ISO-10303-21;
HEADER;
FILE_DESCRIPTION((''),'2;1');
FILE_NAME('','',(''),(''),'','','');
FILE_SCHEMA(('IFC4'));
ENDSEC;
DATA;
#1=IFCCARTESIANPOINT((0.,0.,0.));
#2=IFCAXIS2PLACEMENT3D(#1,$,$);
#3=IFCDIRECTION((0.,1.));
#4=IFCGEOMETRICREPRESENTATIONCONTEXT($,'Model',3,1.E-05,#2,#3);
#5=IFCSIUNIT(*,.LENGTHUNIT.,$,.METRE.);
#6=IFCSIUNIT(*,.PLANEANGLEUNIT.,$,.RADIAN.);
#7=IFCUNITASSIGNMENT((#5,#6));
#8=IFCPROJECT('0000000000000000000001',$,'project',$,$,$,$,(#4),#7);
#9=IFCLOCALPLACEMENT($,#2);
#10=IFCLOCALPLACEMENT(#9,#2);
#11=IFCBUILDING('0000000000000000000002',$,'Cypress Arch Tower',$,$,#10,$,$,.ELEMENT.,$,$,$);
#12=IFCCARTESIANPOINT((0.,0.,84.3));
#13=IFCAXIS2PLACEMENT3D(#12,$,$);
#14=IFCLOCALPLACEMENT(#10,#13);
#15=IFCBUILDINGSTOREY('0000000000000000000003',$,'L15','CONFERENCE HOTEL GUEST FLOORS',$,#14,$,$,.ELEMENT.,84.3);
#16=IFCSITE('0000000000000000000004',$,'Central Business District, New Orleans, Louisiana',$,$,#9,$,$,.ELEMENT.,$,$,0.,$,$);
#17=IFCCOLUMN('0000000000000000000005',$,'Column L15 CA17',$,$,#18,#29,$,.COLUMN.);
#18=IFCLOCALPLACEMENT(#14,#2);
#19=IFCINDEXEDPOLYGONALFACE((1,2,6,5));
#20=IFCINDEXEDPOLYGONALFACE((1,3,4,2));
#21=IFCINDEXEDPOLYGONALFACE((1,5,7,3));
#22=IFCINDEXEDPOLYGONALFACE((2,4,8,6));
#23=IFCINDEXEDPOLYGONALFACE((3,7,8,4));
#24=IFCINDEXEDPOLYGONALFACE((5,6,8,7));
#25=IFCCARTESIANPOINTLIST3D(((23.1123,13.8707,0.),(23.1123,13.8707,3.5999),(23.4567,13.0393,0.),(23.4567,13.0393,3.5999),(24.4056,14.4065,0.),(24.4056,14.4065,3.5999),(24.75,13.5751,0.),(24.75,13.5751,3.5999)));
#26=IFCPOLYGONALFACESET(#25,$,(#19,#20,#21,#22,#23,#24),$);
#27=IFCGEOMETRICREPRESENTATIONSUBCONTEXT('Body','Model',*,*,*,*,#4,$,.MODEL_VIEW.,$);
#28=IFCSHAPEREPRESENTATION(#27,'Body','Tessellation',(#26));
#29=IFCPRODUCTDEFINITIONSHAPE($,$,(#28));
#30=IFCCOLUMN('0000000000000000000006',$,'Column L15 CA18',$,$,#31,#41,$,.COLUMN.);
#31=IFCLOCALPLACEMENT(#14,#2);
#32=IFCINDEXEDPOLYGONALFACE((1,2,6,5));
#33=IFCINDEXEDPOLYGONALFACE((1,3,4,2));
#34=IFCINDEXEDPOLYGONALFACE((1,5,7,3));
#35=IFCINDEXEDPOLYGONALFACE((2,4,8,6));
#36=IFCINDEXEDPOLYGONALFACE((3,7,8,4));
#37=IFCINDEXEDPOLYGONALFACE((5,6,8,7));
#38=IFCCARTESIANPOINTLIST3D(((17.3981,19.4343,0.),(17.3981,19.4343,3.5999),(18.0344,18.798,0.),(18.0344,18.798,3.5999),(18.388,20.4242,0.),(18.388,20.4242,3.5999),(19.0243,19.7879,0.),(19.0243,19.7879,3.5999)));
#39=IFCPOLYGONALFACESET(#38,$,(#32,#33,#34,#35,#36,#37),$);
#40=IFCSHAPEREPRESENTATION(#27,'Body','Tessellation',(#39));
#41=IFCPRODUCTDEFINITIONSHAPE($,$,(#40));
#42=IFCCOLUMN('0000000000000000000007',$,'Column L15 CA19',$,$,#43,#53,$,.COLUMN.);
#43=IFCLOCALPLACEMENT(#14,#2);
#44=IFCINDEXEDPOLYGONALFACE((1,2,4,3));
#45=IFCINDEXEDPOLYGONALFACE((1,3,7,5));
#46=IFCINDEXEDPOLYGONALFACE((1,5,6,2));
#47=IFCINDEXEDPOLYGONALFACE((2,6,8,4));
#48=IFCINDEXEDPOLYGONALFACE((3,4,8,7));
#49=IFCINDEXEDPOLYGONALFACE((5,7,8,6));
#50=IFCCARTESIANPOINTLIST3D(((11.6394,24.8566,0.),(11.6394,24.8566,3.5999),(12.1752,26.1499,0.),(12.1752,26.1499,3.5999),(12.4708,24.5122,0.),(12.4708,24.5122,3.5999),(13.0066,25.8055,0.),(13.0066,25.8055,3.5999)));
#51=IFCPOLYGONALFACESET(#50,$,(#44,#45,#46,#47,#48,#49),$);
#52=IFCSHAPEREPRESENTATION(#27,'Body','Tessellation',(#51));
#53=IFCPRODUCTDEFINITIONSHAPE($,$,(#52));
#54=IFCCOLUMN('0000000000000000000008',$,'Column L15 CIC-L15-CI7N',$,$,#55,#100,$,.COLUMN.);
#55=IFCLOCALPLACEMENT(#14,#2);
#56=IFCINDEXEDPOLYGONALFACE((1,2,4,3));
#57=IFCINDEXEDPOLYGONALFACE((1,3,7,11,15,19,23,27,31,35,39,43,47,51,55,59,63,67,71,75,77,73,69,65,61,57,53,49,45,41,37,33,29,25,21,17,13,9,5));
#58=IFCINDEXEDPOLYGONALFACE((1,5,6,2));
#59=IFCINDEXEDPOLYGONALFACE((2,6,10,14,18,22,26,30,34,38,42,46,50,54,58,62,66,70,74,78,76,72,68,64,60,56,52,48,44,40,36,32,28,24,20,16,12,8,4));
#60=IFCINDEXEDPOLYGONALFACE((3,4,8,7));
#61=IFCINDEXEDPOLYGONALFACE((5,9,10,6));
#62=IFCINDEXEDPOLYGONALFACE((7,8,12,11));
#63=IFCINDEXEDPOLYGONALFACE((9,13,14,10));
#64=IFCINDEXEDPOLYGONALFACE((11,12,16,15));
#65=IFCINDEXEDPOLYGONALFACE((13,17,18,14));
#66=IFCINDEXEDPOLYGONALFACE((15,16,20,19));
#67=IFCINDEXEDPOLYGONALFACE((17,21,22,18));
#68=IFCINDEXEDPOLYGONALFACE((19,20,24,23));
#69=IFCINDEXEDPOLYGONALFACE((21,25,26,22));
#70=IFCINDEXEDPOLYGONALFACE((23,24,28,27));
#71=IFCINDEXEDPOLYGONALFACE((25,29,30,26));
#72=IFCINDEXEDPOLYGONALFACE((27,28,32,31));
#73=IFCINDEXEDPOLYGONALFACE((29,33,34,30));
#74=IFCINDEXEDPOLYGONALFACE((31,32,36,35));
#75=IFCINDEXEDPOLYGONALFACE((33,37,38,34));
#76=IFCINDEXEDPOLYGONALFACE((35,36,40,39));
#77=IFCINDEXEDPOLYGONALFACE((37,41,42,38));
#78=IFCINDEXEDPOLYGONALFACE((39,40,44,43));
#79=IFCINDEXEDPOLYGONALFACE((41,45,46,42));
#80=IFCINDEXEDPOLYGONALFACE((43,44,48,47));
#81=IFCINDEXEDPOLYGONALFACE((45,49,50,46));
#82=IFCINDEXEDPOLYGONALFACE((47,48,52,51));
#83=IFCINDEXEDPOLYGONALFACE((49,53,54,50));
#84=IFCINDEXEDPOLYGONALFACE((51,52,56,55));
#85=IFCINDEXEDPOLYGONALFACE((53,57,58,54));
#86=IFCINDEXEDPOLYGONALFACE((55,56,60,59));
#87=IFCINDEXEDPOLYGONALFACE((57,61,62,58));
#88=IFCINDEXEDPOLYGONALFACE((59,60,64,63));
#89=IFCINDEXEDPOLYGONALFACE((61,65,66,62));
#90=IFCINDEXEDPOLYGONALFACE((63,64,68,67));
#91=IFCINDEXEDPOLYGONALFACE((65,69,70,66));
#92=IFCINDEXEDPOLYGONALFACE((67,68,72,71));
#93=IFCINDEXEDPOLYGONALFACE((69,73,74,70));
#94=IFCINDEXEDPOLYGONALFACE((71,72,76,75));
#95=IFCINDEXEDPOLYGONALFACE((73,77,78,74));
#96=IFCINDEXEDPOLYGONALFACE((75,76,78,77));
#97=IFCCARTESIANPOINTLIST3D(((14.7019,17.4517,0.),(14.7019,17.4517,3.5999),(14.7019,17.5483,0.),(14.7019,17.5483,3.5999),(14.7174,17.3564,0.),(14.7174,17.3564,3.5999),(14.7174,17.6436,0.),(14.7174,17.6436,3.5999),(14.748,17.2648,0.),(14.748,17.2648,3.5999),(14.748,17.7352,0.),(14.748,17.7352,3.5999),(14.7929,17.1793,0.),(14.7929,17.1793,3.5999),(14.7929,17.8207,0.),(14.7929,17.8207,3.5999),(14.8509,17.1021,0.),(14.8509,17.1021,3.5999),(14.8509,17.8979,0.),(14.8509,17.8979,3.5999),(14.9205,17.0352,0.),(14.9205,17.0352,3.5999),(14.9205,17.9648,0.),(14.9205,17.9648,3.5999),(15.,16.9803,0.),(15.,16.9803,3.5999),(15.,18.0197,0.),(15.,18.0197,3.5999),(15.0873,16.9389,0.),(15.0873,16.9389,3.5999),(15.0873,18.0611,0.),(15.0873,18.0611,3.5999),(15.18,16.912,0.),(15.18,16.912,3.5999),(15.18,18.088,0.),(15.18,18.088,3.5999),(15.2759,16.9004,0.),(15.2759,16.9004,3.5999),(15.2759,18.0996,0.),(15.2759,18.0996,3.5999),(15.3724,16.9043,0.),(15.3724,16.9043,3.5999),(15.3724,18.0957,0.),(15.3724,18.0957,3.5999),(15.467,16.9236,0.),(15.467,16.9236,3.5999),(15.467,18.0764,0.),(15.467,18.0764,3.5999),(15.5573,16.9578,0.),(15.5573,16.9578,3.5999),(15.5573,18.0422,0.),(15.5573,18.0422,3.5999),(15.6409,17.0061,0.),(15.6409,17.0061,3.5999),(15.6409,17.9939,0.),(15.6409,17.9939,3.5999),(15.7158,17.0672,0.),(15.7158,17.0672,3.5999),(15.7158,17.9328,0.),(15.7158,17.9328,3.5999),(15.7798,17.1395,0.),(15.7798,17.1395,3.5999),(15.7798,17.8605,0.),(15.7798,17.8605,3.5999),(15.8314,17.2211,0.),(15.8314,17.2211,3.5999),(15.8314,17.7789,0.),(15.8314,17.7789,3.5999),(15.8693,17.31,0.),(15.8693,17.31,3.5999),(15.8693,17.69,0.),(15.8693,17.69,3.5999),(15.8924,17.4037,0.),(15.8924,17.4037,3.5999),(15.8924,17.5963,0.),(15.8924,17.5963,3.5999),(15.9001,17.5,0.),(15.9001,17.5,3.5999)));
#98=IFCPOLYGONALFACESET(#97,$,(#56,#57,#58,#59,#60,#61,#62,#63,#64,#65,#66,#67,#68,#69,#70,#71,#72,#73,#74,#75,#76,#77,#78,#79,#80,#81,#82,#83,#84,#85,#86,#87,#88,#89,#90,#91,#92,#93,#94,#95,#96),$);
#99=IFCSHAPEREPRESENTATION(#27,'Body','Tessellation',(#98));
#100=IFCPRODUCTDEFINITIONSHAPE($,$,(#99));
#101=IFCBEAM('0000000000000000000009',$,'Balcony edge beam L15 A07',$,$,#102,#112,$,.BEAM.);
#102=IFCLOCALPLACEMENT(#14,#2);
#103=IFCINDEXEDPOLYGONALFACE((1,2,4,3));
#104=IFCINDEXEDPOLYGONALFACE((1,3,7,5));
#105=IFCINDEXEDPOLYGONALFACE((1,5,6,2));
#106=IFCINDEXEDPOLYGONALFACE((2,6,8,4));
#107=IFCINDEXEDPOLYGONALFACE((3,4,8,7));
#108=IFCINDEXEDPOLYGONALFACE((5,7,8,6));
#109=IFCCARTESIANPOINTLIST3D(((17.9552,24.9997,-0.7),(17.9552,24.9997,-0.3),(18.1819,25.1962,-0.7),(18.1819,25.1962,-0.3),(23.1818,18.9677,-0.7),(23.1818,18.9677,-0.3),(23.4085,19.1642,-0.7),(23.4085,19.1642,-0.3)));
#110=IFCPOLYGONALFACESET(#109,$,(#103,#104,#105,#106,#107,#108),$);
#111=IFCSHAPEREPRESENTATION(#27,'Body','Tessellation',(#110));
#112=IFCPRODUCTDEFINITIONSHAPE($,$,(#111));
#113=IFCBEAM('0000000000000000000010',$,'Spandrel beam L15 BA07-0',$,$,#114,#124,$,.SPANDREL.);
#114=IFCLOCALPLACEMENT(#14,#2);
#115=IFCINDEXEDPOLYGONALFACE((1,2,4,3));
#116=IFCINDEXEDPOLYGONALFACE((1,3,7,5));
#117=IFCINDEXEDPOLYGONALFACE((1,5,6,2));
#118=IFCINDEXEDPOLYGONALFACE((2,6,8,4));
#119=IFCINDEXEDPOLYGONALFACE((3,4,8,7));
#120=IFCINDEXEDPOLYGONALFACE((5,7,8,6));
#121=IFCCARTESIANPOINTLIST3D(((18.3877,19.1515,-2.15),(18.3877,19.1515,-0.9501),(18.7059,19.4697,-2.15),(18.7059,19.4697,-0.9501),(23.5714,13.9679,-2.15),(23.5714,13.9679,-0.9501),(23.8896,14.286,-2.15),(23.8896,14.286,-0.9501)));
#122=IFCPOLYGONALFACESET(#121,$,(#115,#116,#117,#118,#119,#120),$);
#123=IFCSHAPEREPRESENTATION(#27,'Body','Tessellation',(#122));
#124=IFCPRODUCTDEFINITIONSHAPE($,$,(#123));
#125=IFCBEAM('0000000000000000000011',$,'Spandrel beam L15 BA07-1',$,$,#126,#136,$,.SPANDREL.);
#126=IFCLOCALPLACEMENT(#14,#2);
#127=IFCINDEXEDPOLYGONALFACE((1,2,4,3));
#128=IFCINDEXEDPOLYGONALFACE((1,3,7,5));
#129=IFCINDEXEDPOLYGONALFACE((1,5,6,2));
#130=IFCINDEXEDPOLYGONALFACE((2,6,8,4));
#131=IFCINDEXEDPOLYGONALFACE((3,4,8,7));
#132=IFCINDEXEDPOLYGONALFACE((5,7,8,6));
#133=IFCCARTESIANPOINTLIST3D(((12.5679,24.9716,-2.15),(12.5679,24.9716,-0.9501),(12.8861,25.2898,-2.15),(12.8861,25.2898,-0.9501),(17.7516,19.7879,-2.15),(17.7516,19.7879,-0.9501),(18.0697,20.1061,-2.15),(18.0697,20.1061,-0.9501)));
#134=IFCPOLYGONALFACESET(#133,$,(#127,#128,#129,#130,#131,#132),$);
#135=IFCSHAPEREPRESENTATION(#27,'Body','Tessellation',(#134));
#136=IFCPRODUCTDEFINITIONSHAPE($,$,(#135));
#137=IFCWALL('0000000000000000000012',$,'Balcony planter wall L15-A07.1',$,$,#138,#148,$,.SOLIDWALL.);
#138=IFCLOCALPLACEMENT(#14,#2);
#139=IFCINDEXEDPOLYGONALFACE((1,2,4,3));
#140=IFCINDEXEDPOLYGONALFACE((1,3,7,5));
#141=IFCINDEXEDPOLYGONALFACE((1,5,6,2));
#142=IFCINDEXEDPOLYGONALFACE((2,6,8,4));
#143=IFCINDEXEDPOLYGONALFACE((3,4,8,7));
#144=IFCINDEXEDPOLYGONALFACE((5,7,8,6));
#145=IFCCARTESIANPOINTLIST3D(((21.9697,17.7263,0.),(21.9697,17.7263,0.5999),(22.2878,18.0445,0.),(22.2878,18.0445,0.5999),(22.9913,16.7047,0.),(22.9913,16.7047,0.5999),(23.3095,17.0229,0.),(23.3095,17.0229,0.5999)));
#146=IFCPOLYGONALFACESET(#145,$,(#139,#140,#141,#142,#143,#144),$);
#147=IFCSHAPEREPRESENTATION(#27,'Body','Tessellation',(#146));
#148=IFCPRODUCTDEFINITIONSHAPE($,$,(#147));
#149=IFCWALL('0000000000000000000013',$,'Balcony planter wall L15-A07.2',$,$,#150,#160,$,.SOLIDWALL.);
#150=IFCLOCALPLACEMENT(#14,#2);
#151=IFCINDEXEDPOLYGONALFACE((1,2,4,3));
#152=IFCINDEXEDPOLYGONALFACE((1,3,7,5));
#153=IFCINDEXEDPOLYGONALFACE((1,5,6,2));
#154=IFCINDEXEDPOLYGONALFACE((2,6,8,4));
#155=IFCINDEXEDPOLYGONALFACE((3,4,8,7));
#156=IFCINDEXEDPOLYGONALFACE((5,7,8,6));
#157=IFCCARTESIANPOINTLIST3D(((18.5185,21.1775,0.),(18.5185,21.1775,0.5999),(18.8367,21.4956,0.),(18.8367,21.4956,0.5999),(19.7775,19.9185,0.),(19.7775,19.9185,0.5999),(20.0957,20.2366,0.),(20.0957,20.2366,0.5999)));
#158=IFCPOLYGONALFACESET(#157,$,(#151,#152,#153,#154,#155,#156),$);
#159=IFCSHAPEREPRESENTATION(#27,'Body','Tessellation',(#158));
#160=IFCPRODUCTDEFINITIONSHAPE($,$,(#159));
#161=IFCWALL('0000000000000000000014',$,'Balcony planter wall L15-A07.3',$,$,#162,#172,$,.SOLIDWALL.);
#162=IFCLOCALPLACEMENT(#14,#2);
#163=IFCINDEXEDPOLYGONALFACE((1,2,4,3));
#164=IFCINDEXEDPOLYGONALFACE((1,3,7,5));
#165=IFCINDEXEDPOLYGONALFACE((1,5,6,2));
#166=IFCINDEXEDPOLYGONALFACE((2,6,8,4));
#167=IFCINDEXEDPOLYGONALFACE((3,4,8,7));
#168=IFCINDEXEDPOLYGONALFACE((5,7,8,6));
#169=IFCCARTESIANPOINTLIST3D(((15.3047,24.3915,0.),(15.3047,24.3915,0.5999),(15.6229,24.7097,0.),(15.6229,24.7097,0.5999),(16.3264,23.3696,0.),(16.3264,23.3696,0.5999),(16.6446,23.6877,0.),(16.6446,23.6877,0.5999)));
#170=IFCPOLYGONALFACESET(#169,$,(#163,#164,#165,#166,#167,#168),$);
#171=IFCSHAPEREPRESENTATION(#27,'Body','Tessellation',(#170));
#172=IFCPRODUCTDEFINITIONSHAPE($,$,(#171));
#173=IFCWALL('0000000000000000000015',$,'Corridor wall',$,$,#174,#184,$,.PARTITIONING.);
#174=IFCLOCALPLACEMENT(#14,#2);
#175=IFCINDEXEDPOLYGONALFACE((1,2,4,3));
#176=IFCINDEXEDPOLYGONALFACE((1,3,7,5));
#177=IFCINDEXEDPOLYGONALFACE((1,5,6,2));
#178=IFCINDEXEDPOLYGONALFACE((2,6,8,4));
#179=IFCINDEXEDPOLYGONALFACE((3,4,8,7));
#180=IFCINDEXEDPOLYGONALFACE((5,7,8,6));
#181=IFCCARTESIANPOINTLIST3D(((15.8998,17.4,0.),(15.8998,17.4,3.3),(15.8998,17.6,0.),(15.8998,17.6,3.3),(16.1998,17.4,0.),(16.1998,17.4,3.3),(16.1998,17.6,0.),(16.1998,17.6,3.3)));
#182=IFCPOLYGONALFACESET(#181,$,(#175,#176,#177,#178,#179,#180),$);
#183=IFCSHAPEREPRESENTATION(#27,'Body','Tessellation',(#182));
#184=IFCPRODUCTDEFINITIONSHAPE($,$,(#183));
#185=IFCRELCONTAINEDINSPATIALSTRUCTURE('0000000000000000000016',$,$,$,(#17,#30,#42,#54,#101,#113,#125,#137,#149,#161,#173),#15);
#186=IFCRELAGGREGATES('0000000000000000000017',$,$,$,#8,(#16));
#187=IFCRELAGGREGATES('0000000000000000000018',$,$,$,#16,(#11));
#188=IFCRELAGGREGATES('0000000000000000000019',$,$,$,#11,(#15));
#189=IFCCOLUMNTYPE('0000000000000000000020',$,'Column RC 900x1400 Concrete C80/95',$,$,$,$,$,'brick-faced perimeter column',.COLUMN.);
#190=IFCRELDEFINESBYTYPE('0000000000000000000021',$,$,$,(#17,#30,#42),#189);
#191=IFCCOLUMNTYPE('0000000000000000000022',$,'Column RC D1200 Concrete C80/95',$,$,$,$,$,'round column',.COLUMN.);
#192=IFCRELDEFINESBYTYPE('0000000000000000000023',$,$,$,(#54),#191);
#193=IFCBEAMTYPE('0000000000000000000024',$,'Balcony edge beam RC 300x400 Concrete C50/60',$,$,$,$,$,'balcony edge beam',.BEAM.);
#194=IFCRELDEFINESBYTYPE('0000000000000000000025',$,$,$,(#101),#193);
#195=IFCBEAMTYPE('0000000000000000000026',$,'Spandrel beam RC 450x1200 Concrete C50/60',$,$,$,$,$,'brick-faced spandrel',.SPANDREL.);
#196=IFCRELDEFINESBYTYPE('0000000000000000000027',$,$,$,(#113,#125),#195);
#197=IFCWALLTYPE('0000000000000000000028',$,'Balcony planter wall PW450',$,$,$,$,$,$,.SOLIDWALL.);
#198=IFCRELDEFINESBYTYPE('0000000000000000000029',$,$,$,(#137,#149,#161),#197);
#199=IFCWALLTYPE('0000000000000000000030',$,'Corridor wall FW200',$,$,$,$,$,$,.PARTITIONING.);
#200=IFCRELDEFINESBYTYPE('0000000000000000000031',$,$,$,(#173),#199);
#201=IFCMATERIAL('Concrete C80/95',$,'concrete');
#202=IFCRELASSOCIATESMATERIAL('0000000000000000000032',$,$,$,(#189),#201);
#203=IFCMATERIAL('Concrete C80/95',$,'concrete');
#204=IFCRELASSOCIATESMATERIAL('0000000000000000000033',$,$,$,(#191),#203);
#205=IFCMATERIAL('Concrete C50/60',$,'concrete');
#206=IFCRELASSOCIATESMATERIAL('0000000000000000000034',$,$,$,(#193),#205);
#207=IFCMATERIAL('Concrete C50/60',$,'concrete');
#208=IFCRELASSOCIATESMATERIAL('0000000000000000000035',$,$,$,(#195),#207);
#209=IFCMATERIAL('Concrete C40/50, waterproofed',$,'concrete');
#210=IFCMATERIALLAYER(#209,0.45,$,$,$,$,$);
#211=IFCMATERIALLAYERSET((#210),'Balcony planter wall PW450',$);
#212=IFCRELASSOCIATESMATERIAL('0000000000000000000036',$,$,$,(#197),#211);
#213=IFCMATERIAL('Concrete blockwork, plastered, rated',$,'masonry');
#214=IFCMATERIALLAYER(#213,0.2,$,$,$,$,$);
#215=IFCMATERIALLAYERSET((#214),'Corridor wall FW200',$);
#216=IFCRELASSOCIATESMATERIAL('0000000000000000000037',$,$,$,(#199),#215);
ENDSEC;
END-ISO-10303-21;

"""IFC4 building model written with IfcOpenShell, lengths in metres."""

from ifc_helpers import new_model, si_unit, direction, frame, frame_2d, origin, origin_2d, place, context, subcontext, project, spatial, rectangle, circle, extrude, material, layer, layer_set, material_profile, profile_set, type_object, element, save


model = new_model("IFC4")

# Units and contexts
model_context = context("Model", 3, precision=1e-05, world=origin(), true_north=direction((0.0, 1.0)))
body_context = subcontext(model_context, "Body", "Model", "MODEL_VIEW")
ifc_project = project(units=[si_unit("LENGTHUNIT", "METRE"), si_unit("PLANEANGLEUNIT", "RADIAN")], contexts=[model_context])

# Site, building, storey
site_placement = place(None, origin())
site = spatial("IfcSite", under=ifc_project, at=site_placement, Name="Central Business District, New Orleans, Louisiana", CompositionType="ELEMENT", RefElevation=0.0)
building_placement = place(site_placement, origin())
building = spatial("IfcBuilding", under=site, at=building_placement, Name="Cypress Arch Tower", CompositionType="ELEMENT")
storey_placement = place(building_placement, frame((0.0, 0.0, 84.3)))
storey = spatial("IfcBuildingStorey", under=building, at=storey_placement, Name="L15", Description="CONFERENCE HOTEL GUEST FLOORS", CompositionType="ELEMENT", Elevation=84.3)

# Columns
ifc_material_1 = material(Name="Concrete C80/95", Category="concrete")
ifc_material_profile_1 = material_profile(ifc_material_1, rectangle(XDim=0.8999, YDim=1.3999, at=origin_2d()), Name="RC 900x1400")
ifc_profile_set_1 = profile_set([ifc_material_profile_1], Name="Concrete C80/95")
column_type_1 = type_object("IfcColumnType", Name="Column RC 900x1400 Concrete C80/95", ElementType="brick-faced perimeter column", PredefinedType="COLUMN", material=ifc_profile_set_1)
for number, where, z_axis, x_axis, name in (
    (1, (23.9312, 13.7229, 0.0), (0.0, 0.0, 1.0), (-0.382683, 0.92388, 0.0), "Column L15 CA17"),
    (2, (18.2112, 19.6111, 0.0), (0.0, 0.0, 1.0), (-0.707107, 0.707107, 0.0), "Column L15 CA18"),
    (3, (12.323, 25.3311, 0.0), (0.0, 0.0, 1.0), (-0.92388, 0.382683, 0.0), "Column L15 CA19"),
):
    element("IfcColumn", number, at=place(storey_placement, frame(where, z_axis=z_axis, x_axis=x_axis)), inside=storey, type_object=column_type_1, Name=name, PredefinedType="COLUMN", context=body_context, shape_type="SweptSolid", body=[
        extrude(rectangle(XDim=0.8999, YDim=1.3999, at=origin_2d()), origin(), (0.0, 0.0, 1.0), 3.5999),
    ])
ifc_material_2 = material(Name="Concrete C80/95", Category="concrete")
ifc_material_profile_2 = material_profile(ifc_material_2, circle(Radius=0.6001, at=origin_2d()), Name="RC D1200")
ifc_profile_set_2 = profile_set([ifc_material_profile_2], Name="Concrete C80/95")
column_type_2 = type_object("IfcColumnType", Name="Column RC D1200 Concrete C80/95", ElementType="round column", PredefinedType="COLUMN", material=ifc_profile_set_2)
column_placement = place(storey_placement, frame((15.3, 17.5, 0.0), z_axis=(0.0, 0.0, 1.0), x_axis=(1.0, 0.0, 0.0)))
element("IfcColumn", 4, at=column_placement, inside=storey, type_object=column_type_2, Name="Column L15 CIC-L15-CI7N", PredefinedType="COLUMN", context=body_context, shape_type="SweptSolid", body=[
    extrude(circle(Radius=0.6001, at=origin_2d()), origin(), (0.0, 0.0, 1.0), 3.5999),
])

# Beams
ifc_material_3 = material(Name="Concrete C50/60", Category="concrete")
ifc_material_profile_3 = material_profile(ifc_material_3, rectangle(XDim=0.3, YDim=0.3999, at=origin_2d()), Name="RC 300x400")
ifc_profile_set_3 = profile_set([ifc_material_profile_3], Name="Concrete C50/60")
beam_type_1 = type_object("IfcBeamType", Name="Balcony edge beam RC 300x400 Concrete C50/60", ElementType="balcony edge beam", PredefinedType="BEAM", material=ifc_profile_set_3)
beam_placement = place(storey_placement, frame((23.2952, 19.0659, -0.5), z_axis=(-0.654848, 0.755761, 0.0), x_axis=(-0.755761, -0.654848, 0.0)))
element("IfcBeam", 5, at=beam_placement, inside=storey, type_object=beam_type_1, Name="Balcony edge beam L15 A07", PredefinedType="BEAM", context=body_context, shape_type="SweptSolid", body=[
    extrude(rectangle(XDim=0.3, YDim=0.3999, at=origin_2d()), origin(), (0.0, 0.0, 1.0), 7.9814),
])
ifc_material_4 = material(Name="Concrete C50/60", Category="concrete")
ifc_material_profile_4 = material_profile(ifc_material_4, rectangle(XDim=0.45, YDim=1.2, at=origin_2d()), Name="RC 450x1200")
ifc_profile_set_4 = profile_set([ifc_material_profile_4], Name="Concrete C50/60")
beam_type_2 = type_object("IfcBeamType", Name="Spandrel beam RC 450x1200 Concrete C50/60", ElementType="brick-faced spandrel", PredefinedType="SPANDREL", material=ifc_profile_set_4)
for number, where, z_axis, x_axis, name in (
    (6, (23.7305, 14.127, -1.55), (-0.707107, 0.707107, 0.0), (-0.707107, -0.707107, 0.0), "Spandrel beam L15 BA07-0"),
    (7, (17.9106, 19.947, -1.55), (-0.707107, 0.707107, 0.0), (-0.707107, -0.707107, 0.0), "Spandrel beam L15 BA07-1"),
):
    element("IfcBeam", number, at=place(storey_placement, frame(where, z_axis=z_axis, x_axis=x_axis)), inside=storey, type_object=beam_type_2, Name=name, PredefinedType="SPANDREL", context=body_context, shape_type="SweptSolid", body=[
        extrude(rectangle(XDim=0.45, YDim=1.2, at=origin_2d()), origin(), (0.0, 0.0, 1.0), 7.3308),
    ])

# Walls
ifc_material_5 = material(Name="Concrete C40/50, waterproofed", Category="concrete")
ifc_layer_1 = layer(ifc_material_5, 0.45)
ifc_layer_set_1 = layer_set([ifc_layer_1], Name="Balcony planter wall PW450")
wall_type_1 = type_object("IfcWallType", Name="Balcony planter wall PW450", PredefinedType="SOLIDWALL", material=ifc_layer_set_1)
wall_1_placement = place(storey_placement, frame((23.1504, 16.8638, 0.0), z_axis=(0.0, 0.0, 1.0), x_axis=(-0.707107, 0.707107, 0.0)))
element("IfcWall", 8, at=wall_1_placement, inside=storey, type_object=wall_type_1, Name="Balcony planter wall L15-A07.1", PredefinedType="SOLIDWALL", context=body_context, shape_type="SweptSolid", body=[
    extrude(rectangle(XDim=1.4448, YDim=0.45, at=frame_2d((0.7224, 0.0))), origin(), (0.0, 0.0, 1.0), 0.5999),
])
wall_2_placement = place(storey_placement, frame((19.9365, 20.0776, 0.0), z_axis=(0.0, 0.0, 1.0), x_axis=(-0.707107, 0.707107, 0.0)))
element("IfcWall", 9, at=wall_2_placement, inside=storey, type_object=wall_type_1, Name="Balcony planter wall L15-A07.2", PredefinedType="SOLIDWALL", context=body_context, shape_type="SweptSolid", body=[
    extrude(rectangle(XDim=1.7805, YDim=0.45, at=frame_2d((0.8901, 0.0))), origin(), (0.0, 0.0, 1.0), 0.5999),
])
wall_3_placement = place(storey_placement, frame((16.4856, 23.5286, 0.0), z_axis=(0.0, 0.0, 1.0), x_axis=(-0.707022, 0.707191, 0.0)))
element("IfcWall", 10, at=wall_3_placement, inside=storey, type_object=wall_type_1, Name="Balcony planter wall L15-A07.3", PredefinedType="SOLIDWALL", context=body_context, shape_type="SweptSolid", body=[
    extrude(rectangle(XDim=1.4451, YDim=0.45, at=frame_2d((0.7227, 0.0))), origin(), (0.0, 0.0, 1.0), 0.5999),
])

# Wall
ifc_material_6 = material(Name="Concrete blockwork, plastered, rated", Category="masonry")
ifc_layer_2 = layer(ifc_material_6, 0.2)
ifc_layer_set_2 = layer_set([ifc_layer_2], Name="Corridor wall FW200")
wall_type_2 = type_object("IfcWallType", Name="Corridor wall FW200", PredefinedType="PARTITIONING", material=ifc_layer_set_2)
wall_4_placement = place(storey_placement, frame((15.8999, 17.5, 0.0), z_axis=(0.0, 0.0, 1.0), x_axis=(1.0, 0.0, 0.0)))
element("IfcWall", 11, at=wall_4_placement, inside=storey, type_object=wall_type_2, Name="Corridor wall", PredefinedType="PARTITIONING", context=body_context, shape_type="SweptSolid", body=[
    extrude(rectangle(XDim=0.3, YDim=0.2, at=frame_2d((0.1499, 0.0))), origin(), (0.0, 0.0, 1.0), 3.3),
])

save(model, "model.ifc")
